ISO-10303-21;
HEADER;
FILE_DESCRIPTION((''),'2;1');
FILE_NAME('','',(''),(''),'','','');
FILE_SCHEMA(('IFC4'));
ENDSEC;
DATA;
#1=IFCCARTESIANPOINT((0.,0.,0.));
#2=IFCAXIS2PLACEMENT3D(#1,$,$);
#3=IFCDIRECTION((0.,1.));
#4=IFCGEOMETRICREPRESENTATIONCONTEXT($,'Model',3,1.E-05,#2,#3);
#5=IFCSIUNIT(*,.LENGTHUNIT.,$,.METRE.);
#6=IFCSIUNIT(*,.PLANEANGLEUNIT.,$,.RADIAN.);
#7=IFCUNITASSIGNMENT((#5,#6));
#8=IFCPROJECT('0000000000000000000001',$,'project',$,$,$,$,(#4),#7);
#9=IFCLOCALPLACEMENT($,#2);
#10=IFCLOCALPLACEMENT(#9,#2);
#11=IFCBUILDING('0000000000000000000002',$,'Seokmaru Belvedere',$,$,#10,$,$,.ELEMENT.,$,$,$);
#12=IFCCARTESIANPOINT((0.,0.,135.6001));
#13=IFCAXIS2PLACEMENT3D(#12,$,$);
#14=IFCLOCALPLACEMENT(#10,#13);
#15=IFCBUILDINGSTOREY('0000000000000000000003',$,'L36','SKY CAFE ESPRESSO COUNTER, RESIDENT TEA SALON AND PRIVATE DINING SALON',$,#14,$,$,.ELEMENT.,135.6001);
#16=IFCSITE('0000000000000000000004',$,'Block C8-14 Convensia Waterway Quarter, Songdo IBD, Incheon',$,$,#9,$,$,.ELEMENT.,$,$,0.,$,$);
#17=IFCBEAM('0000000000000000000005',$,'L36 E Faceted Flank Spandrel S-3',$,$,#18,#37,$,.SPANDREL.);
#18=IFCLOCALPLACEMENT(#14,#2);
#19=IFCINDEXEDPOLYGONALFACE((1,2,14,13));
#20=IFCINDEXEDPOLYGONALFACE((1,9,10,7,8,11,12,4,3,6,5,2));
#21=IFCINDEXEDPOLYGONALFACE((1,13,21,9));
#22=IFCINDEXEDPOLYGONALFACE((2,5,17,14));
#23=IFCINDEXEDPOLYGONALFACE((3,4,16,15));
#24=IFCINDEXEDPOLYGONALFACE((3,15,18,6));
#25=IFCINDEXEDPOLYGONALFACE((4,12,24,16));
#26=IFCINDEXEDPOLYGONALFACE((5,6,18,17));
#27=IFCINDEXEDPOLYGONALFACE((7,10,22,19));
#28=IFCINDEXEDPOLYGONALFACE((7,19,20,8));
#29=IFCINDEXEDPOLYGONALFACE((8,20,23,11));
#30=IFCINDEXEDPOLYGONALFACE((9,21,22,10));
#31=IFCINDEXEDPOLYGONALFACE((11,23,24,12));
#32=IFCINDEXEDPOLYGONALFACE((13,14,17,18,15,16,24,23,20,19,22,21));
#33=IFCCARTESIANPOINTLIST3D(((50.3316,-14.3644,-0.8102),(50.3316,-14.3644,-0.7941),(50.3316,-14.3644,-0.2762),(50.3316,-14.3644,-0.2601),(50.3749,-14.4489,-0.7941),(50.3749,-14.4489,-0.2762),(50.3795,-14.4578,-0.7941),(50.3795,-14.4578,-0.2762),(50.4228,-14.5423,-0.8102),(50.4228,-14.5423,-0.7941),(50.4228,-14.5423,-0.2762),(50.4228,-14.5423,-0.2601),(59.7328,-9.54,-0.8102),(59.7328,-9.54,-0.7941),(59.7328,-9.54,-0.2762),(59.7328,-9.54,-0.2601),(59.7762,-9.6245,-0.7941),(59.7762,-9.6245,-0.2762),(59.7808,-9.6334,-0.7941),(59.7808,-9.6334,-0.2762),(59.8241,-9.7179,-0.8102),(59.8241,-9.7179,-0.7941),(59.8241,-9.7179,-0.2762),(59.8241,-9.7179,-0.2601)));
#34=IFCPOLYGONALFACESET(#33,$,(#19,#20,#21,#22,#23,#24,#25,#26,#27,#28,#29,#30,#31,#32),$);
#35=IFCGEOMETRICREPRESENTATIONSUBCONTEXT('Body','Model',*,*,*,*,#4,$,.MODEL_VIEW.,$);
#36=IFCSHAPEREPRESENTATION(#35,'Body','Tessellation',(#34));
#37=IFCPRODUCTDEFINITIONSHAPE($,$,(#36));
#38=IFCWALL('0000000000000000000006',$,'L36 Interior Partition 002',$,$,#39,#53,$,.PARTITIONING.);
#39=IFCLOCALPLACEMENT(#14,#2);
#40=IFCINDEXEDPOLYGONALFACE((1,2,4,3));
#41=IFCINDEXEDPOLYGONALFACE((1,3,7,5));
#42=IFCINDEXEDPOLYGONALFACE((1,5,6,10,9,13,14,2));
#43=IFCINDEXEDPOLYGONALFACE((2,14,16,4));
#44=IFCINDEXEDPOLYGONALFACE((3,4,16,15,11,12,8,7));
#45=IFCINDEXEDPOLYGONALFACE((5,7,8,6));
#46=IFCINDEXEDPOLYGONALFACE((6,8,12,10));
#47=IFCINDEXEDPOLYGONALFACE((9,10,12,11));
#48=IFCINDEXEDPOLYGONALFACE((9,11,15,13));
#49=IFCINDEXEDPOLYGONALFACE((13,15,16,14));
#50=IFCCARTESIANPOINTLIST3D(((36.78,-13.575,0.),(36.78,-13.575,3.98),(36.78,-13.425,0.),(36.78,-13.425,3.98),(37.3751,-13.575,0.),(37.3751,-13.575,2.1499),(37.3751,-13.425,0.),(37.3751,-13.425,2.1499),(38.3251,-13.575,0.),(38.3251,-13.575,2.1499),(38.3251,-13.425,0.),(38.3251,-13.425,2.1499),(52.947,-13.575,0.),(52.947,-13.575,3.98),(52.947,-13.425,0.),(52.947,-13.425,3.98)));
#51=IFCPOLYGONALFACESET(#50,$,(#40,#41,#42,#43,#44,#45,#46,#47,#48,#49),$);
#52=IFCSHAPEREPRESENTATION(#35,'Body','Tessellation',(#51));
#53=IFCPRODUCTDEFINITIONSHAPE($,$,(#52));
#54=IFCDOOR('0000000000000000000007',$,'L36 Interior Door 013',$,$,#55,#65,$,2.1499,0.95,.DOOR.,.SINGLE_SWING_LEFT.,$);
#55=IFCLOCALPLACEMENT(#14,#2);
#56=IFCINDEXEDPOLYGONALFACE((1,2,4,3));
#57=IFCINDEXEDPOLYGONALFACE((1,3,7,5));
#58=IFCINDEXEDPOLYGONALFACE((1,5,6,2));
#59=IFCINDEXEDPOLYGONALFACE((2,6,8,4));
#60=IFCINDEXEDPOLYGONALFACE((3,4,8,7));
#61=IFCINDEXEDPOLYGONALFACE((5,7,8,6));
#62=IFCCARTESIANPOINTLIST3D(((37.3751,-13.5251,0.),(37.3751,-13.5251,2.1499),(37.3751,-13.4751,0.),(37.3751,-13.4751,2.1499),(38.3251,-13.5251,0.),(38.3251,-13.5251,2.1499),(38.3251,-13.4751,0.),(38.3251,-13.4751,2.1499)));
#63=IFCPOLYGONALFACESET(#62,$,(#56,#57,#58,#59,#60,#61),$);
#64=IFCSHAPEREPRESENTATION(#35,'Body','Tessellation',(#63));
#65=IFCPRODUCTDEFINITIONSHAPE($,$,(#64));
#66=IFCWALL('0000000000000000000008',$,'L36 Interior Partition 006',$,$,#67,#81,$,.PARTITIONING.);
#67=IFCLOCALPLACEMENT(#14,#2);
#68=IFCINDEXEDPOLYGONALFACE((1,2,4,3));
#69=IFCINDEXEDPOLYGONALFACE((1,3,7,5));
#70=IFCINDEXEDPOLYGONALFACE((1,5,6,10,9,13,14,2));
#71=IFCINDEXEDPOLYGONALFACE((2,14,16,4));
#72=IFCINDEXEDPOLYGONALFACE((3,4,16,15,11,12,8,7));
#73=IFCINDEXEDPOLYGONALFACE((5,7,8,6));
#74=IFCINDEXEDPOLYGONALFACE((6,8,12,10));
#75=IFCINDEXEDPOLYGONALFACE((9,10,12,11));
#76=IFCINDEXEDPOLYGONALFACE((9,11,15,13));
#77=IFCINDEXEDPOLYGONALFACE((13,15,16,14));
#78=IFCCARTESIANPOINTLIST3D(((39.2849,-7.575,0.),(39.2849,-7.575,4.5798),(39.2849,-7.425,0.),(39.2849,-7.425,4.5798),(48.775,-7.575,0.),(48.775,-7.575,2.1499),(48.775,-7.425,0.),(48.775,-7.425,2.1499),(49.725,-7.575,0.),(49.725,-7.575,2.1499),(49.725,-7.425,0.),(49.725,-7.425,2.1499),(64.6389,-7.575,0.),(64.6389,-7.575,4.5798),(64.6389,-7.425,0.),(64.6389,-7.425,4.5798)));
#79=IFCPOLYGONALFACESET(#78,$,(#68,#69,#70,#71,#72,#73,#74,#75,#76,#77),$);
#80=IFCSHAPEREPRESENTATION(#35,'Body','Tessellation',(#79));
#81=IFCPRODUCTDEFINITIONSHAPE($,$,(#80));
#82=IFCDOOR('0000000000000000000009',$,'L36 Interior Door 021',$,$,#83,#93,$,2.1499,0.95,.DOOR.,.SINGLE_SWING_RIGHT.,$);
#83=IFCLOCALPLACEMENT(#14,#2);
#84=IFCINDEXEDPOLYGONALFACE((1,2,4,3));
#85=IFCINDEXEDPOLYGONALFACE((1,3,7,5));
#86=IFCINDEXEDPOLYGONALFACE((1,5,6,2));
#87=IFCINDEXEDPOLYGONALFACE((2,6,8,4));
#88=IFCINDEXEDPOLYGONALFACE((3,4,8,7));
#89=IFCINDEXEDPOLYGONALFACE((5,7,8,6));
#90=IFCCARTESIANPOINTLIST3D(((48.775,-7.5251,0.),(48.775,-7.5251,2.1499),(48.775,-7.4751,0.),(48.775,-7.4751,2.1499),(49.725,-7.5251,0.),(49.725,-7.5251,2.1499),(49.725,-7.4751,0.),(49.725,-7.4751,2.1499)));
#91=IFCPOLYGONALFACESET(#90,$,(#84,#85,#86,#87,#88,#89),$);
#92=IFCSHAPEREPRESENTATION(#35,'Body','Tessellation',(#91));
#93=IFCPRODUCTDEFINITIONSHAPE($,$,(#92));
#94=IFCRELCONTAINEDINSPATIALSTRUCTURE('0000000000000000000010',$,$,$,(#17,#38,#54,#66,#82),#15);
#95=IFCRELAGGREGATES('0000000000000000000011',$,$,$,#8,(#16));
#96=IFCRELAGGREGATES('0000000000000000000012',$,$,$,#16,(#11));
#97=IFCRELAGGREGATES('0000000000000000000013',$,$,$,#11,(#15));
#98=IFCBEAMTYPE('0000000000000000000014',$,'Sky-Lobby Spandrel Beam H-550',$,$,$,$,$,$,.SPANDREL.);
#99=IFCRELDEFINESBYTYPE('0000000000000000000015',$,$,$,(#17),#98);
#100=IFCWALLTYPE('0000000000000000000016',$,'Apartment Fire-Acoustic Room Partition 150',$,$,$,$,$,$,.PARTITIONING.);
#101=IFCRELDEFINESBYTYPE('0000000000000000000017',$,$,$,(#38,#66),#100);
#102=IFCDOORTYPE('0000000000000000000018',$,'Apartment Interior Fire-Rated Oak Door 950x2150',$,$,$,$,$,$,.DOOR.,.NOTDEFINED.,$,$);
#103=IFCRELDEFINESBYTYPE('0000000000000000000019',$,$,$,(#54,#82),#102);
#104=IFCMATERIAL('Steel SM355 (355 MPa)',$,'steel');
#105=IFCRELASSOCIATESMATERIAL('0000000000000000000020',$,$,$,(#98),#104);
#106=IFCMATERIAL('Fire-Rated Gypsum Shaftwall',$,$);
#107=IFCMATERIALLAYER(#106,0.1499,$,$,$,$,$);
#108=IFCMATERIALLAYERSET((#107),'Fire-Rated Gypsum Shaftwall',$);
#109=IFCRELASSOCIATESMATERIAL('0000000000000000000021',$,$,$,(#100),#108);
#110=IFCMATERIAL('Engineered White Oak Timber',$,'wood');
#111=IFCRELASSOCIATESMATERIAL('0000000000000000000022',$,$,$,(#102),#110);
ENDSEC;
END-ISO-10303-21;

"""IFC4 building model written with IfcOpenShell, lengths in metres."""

from ifc_helpers import new_model, si_unit, direction, frame, frame_2d, origin, origin_2d, place, context, subcontext, project, spatial, rectangle, i_section, extrude, source, transform, mapped, material, layer, layer_set, material_profile, profile_set, type_object, type_shapes, element, fill, save


model = new_model("IFC4")

# Units and contexts
model_context = context("Model", 3, precision=1e-05, world=origin(), true_north=direction((0.0, 1.0)))
body_context = subcontext(model_context, "Body", "Model", "MODEL_VIEW")
ifc_project = project(units=[si_unit("LENGTHUNIT", "METRE"), si_unit("PLANEANGLEUNIT", "RADIAN")], contexts=[model_context])

# Site, building, storey
site_placement = place(None, origin())
site = spatial("IfcSite", under=ifc_project, at=site_placement, Name="Block C8-14 Convensia Waterway Quarter, Songdo IBD, Incheon", CompositionType="ELEMENT", RefElevation=0.0)
building_placement = place(site_placement, origin())
building = spatial("IfcBuilding", under=site, at=building_placement, Name="Seokmaru Belvedere", CompositionType="ELEMENT")
storey_placement = place(building_placement, frame((0.0, 0.0, 135.6001)))
storey = spatial("IfcBuildingStorey", under=building, at=storey_placement, Name="L36", Description="SKY CAFE ESPRESSO COUNTER, RESIDENT TEA SALON AND PRIVATE DINING SALON", CompositionType="ELEMENT", Elevation=135.6001)

# Shared definitions
ifc_material_1 = material(Name="Steel SM355 (355 MPa)", Category="steel")

# Beam
ifc_material_profile_1 = material_profile(ifc_material_1, i_section(OverallWidth=0.2, OverallDepth=0.55, WebThickness=0.01, FlangeThickness=0.0161, at=origin_2d()), Name="H-550x200x10x16")
ifc_profile_set_1 = profile_set([ifc_material_profile_1], Name="Steel SM355 (355 MPa)")
beam_type_1 = type_object("IfcBeamType", Name="Sky-Lobby Spandrel Beam H-550", PredefinedType="SPANDREL", material=ifc_profile_set_1)
shared_shape_1 = source(origin(), body_context, "Body", "SweptSolid", [
    extrude(i_section(OverallWidth=0.2, OverallDepth=0.55, WebThickness=0.01, FlangeThickness=0.0161, at=origin_2d()), origin(), (0.0, 0.0, 1.0), 10.5669),
])
type_shapes(beam_type_1, [shared_shape_1])
beam_placement = place(storey_placement, frame((50.3772, -14.4534, -0.5352), z_axis=(0.889693, 0.45656, 0.0), x_axis=(-0.45656, 0.889693, 0.0)))
element("IfcBeam", 1, at=beam_placement, inside=storey, type_object=beam_type_1, Name="L36 E Faceted Flank Spandrel S-3", PredefinedType="SPANDREL", context=body_context, shape_type="MappedRepresentation", body=[
    mapped(shared_shape_1, transform((0.0, 0.0, 0.0), scale=1.0)),
])

# Walls, openings, doors
ifc_material_2 = material(Name="Fire-Rated Gypsum Shaftwall")
ifc_layer_1 = layer(ifc_material_2, 0.1499)
ifc_layer_set_1 = layer_set([ifc_layer_1], Name="Fire-Rated Gypsum Shaftwall")
wall_type_1 = type_object("IfcWallType", Name="Apartment Fire-Acoustic Room Partition 150", PredefinedType="PARTITIONING", material=ifc_layer_set_1)
wall_1_placement = place(storey_placement, frame((36.78, -13.5, 0.0), z_axis=(0.0, 0.0, 1.0), x_axis=(1.0, 0.0, 0.0)))
wall_1 = element("IfcWall", 2, at=wall_1_placement, inside=storey, type_object=wall_type_1, Name="L36 Interior Partition 002", PredefinedType="PARTITIONING", context=body_context, shape_type="SweptSolid", body=[
    extrude(rectangle(XDim=16.167, YDim=0.1499, at=frame_2d((8.0835, 0.0))), origin(), (0.0, 0.0, 1.0), 3.98),
])
opening_1_placement = place(wall_1_placement, frame((0.595, 0.0, 0.0)))
opening_1 = element("IfcOpeningElement", 3, at=opening_1_placement, cuts=wall_1, PredefinedType="OPENING", context=body_context, shape_type="SweptSolid", body=[
    extrude(rectangle(XDim=0.95, YDim=2.1499, at=frame_2d((0.4751, 1.075))), frame((0.0, 0.085, 0.0), z_axis=(0.0, -1.0, 0.0), x_axis=(1.0, 0.0, 0.0)), (0.0, 0.0, 1.0), 0.1699),
])
ifc_material_3 = material(Name="Engineered White Oak Timber", Category="wood")
door_type_1 = type_object("IfcDoorType", Name="Apartment Interior Fire-Rated Oak Door 950x2150", OperationType="NOTDEFINED", PredefinedType="DOOR", material=ifc_material_3)
shared_shape_2 = source(origin(), body_context, "Body", "SweptSolid", [
    extrude(rectangle(XDim=0.95, YDim=2.1499, at=frame_2d((0.4751, 1.075))), frame((0.0, 0.0249, 0.0), z_axis=(0.0, -1.0, 0.0), x_axis=(1.0, 0.0, 0.0)), (0.0, 0.0, 1.0), 0.05),
])
type_shapes(door_type_1, [shared_shape_2])
door_1_placement = place(opening_1_placement, origin())
door_1 = element("IfcDoor", 4, at=door_1_placement, inside=storey, type_object=door_type_1, Name="L36 Interior Door 013", OperationType="SINGLE_SWING_LEFT", OverallHeight=2.1499, OverallWidth=0.95, PredefinedType="DOOR", context=body_context, shape_type="MappedRepresentation", body=[
    mapped(shared_shape_2, transform((0.0, 0.0, 0.0), scale=1.0)),
])
fill(opening_1, door_1)
wall_2_placement = place(storey_placement, frame((39.2849, -7.5, 0.0), z_axis=(0.0, 0.0, 1.0), x_axis=(1.0, 0.0, 0.0)))
wall_2 = element("IfcWall", 5, at=wall_2_placement, inside=storey, type_object=wall_type_1, Name="L36 Interior Partition 006", PredefinedType="PARTITIONING", context=body_context, shape_type="SweptSolid", body=[
    extrude(rectangle(XDim=25.354, YDim=0.1499, at=frame_2d((12.677, 0.0))), origin(), (0.0, 0.0, 1.0), 4.5798),
])
opening_2_placement = place(wall_2_placement, frame((9.49, 0.0, 0.0)))
opening_2 = element("IfcOpeningElement", 6, at=opening_2_placement, cuts=wall_2, PredefinedType="OPENING", context=body_context, shape_type="SweptSolid", body=[
    extrude(rectangle(XDim=0.95, YDim=2.1499, at=frame_2d((0.4751, 1.075))), frame((0.0, 0.085, 0.0), z_axis=(0.0, -1.0, 0.0), x_axis=(1.0, 0.0, 0.0)), (0.0, 0.0, 1.0), 0.1699),
])
door_2_placement = place(opening_2_placement, origin())
door_2 = element("IfcDoor", 7, at=door_2_placement, inside=storey, type_object=door_type_1, Name="L36 Interior Door 021", OperationType="SINGLE_SWING_RIGHT", OverallHeight=2.1499, OverallWidth=0.95, PredefinedType="DOOR", context=body_context, shape_type="MappedRepresentation", body=[
    mapped(shared_shape_2, transform((0.0, 0.0, 0.0), scale=1.0)),
])
fill(opening_2, door_2)

save(model, "model.ifc")
